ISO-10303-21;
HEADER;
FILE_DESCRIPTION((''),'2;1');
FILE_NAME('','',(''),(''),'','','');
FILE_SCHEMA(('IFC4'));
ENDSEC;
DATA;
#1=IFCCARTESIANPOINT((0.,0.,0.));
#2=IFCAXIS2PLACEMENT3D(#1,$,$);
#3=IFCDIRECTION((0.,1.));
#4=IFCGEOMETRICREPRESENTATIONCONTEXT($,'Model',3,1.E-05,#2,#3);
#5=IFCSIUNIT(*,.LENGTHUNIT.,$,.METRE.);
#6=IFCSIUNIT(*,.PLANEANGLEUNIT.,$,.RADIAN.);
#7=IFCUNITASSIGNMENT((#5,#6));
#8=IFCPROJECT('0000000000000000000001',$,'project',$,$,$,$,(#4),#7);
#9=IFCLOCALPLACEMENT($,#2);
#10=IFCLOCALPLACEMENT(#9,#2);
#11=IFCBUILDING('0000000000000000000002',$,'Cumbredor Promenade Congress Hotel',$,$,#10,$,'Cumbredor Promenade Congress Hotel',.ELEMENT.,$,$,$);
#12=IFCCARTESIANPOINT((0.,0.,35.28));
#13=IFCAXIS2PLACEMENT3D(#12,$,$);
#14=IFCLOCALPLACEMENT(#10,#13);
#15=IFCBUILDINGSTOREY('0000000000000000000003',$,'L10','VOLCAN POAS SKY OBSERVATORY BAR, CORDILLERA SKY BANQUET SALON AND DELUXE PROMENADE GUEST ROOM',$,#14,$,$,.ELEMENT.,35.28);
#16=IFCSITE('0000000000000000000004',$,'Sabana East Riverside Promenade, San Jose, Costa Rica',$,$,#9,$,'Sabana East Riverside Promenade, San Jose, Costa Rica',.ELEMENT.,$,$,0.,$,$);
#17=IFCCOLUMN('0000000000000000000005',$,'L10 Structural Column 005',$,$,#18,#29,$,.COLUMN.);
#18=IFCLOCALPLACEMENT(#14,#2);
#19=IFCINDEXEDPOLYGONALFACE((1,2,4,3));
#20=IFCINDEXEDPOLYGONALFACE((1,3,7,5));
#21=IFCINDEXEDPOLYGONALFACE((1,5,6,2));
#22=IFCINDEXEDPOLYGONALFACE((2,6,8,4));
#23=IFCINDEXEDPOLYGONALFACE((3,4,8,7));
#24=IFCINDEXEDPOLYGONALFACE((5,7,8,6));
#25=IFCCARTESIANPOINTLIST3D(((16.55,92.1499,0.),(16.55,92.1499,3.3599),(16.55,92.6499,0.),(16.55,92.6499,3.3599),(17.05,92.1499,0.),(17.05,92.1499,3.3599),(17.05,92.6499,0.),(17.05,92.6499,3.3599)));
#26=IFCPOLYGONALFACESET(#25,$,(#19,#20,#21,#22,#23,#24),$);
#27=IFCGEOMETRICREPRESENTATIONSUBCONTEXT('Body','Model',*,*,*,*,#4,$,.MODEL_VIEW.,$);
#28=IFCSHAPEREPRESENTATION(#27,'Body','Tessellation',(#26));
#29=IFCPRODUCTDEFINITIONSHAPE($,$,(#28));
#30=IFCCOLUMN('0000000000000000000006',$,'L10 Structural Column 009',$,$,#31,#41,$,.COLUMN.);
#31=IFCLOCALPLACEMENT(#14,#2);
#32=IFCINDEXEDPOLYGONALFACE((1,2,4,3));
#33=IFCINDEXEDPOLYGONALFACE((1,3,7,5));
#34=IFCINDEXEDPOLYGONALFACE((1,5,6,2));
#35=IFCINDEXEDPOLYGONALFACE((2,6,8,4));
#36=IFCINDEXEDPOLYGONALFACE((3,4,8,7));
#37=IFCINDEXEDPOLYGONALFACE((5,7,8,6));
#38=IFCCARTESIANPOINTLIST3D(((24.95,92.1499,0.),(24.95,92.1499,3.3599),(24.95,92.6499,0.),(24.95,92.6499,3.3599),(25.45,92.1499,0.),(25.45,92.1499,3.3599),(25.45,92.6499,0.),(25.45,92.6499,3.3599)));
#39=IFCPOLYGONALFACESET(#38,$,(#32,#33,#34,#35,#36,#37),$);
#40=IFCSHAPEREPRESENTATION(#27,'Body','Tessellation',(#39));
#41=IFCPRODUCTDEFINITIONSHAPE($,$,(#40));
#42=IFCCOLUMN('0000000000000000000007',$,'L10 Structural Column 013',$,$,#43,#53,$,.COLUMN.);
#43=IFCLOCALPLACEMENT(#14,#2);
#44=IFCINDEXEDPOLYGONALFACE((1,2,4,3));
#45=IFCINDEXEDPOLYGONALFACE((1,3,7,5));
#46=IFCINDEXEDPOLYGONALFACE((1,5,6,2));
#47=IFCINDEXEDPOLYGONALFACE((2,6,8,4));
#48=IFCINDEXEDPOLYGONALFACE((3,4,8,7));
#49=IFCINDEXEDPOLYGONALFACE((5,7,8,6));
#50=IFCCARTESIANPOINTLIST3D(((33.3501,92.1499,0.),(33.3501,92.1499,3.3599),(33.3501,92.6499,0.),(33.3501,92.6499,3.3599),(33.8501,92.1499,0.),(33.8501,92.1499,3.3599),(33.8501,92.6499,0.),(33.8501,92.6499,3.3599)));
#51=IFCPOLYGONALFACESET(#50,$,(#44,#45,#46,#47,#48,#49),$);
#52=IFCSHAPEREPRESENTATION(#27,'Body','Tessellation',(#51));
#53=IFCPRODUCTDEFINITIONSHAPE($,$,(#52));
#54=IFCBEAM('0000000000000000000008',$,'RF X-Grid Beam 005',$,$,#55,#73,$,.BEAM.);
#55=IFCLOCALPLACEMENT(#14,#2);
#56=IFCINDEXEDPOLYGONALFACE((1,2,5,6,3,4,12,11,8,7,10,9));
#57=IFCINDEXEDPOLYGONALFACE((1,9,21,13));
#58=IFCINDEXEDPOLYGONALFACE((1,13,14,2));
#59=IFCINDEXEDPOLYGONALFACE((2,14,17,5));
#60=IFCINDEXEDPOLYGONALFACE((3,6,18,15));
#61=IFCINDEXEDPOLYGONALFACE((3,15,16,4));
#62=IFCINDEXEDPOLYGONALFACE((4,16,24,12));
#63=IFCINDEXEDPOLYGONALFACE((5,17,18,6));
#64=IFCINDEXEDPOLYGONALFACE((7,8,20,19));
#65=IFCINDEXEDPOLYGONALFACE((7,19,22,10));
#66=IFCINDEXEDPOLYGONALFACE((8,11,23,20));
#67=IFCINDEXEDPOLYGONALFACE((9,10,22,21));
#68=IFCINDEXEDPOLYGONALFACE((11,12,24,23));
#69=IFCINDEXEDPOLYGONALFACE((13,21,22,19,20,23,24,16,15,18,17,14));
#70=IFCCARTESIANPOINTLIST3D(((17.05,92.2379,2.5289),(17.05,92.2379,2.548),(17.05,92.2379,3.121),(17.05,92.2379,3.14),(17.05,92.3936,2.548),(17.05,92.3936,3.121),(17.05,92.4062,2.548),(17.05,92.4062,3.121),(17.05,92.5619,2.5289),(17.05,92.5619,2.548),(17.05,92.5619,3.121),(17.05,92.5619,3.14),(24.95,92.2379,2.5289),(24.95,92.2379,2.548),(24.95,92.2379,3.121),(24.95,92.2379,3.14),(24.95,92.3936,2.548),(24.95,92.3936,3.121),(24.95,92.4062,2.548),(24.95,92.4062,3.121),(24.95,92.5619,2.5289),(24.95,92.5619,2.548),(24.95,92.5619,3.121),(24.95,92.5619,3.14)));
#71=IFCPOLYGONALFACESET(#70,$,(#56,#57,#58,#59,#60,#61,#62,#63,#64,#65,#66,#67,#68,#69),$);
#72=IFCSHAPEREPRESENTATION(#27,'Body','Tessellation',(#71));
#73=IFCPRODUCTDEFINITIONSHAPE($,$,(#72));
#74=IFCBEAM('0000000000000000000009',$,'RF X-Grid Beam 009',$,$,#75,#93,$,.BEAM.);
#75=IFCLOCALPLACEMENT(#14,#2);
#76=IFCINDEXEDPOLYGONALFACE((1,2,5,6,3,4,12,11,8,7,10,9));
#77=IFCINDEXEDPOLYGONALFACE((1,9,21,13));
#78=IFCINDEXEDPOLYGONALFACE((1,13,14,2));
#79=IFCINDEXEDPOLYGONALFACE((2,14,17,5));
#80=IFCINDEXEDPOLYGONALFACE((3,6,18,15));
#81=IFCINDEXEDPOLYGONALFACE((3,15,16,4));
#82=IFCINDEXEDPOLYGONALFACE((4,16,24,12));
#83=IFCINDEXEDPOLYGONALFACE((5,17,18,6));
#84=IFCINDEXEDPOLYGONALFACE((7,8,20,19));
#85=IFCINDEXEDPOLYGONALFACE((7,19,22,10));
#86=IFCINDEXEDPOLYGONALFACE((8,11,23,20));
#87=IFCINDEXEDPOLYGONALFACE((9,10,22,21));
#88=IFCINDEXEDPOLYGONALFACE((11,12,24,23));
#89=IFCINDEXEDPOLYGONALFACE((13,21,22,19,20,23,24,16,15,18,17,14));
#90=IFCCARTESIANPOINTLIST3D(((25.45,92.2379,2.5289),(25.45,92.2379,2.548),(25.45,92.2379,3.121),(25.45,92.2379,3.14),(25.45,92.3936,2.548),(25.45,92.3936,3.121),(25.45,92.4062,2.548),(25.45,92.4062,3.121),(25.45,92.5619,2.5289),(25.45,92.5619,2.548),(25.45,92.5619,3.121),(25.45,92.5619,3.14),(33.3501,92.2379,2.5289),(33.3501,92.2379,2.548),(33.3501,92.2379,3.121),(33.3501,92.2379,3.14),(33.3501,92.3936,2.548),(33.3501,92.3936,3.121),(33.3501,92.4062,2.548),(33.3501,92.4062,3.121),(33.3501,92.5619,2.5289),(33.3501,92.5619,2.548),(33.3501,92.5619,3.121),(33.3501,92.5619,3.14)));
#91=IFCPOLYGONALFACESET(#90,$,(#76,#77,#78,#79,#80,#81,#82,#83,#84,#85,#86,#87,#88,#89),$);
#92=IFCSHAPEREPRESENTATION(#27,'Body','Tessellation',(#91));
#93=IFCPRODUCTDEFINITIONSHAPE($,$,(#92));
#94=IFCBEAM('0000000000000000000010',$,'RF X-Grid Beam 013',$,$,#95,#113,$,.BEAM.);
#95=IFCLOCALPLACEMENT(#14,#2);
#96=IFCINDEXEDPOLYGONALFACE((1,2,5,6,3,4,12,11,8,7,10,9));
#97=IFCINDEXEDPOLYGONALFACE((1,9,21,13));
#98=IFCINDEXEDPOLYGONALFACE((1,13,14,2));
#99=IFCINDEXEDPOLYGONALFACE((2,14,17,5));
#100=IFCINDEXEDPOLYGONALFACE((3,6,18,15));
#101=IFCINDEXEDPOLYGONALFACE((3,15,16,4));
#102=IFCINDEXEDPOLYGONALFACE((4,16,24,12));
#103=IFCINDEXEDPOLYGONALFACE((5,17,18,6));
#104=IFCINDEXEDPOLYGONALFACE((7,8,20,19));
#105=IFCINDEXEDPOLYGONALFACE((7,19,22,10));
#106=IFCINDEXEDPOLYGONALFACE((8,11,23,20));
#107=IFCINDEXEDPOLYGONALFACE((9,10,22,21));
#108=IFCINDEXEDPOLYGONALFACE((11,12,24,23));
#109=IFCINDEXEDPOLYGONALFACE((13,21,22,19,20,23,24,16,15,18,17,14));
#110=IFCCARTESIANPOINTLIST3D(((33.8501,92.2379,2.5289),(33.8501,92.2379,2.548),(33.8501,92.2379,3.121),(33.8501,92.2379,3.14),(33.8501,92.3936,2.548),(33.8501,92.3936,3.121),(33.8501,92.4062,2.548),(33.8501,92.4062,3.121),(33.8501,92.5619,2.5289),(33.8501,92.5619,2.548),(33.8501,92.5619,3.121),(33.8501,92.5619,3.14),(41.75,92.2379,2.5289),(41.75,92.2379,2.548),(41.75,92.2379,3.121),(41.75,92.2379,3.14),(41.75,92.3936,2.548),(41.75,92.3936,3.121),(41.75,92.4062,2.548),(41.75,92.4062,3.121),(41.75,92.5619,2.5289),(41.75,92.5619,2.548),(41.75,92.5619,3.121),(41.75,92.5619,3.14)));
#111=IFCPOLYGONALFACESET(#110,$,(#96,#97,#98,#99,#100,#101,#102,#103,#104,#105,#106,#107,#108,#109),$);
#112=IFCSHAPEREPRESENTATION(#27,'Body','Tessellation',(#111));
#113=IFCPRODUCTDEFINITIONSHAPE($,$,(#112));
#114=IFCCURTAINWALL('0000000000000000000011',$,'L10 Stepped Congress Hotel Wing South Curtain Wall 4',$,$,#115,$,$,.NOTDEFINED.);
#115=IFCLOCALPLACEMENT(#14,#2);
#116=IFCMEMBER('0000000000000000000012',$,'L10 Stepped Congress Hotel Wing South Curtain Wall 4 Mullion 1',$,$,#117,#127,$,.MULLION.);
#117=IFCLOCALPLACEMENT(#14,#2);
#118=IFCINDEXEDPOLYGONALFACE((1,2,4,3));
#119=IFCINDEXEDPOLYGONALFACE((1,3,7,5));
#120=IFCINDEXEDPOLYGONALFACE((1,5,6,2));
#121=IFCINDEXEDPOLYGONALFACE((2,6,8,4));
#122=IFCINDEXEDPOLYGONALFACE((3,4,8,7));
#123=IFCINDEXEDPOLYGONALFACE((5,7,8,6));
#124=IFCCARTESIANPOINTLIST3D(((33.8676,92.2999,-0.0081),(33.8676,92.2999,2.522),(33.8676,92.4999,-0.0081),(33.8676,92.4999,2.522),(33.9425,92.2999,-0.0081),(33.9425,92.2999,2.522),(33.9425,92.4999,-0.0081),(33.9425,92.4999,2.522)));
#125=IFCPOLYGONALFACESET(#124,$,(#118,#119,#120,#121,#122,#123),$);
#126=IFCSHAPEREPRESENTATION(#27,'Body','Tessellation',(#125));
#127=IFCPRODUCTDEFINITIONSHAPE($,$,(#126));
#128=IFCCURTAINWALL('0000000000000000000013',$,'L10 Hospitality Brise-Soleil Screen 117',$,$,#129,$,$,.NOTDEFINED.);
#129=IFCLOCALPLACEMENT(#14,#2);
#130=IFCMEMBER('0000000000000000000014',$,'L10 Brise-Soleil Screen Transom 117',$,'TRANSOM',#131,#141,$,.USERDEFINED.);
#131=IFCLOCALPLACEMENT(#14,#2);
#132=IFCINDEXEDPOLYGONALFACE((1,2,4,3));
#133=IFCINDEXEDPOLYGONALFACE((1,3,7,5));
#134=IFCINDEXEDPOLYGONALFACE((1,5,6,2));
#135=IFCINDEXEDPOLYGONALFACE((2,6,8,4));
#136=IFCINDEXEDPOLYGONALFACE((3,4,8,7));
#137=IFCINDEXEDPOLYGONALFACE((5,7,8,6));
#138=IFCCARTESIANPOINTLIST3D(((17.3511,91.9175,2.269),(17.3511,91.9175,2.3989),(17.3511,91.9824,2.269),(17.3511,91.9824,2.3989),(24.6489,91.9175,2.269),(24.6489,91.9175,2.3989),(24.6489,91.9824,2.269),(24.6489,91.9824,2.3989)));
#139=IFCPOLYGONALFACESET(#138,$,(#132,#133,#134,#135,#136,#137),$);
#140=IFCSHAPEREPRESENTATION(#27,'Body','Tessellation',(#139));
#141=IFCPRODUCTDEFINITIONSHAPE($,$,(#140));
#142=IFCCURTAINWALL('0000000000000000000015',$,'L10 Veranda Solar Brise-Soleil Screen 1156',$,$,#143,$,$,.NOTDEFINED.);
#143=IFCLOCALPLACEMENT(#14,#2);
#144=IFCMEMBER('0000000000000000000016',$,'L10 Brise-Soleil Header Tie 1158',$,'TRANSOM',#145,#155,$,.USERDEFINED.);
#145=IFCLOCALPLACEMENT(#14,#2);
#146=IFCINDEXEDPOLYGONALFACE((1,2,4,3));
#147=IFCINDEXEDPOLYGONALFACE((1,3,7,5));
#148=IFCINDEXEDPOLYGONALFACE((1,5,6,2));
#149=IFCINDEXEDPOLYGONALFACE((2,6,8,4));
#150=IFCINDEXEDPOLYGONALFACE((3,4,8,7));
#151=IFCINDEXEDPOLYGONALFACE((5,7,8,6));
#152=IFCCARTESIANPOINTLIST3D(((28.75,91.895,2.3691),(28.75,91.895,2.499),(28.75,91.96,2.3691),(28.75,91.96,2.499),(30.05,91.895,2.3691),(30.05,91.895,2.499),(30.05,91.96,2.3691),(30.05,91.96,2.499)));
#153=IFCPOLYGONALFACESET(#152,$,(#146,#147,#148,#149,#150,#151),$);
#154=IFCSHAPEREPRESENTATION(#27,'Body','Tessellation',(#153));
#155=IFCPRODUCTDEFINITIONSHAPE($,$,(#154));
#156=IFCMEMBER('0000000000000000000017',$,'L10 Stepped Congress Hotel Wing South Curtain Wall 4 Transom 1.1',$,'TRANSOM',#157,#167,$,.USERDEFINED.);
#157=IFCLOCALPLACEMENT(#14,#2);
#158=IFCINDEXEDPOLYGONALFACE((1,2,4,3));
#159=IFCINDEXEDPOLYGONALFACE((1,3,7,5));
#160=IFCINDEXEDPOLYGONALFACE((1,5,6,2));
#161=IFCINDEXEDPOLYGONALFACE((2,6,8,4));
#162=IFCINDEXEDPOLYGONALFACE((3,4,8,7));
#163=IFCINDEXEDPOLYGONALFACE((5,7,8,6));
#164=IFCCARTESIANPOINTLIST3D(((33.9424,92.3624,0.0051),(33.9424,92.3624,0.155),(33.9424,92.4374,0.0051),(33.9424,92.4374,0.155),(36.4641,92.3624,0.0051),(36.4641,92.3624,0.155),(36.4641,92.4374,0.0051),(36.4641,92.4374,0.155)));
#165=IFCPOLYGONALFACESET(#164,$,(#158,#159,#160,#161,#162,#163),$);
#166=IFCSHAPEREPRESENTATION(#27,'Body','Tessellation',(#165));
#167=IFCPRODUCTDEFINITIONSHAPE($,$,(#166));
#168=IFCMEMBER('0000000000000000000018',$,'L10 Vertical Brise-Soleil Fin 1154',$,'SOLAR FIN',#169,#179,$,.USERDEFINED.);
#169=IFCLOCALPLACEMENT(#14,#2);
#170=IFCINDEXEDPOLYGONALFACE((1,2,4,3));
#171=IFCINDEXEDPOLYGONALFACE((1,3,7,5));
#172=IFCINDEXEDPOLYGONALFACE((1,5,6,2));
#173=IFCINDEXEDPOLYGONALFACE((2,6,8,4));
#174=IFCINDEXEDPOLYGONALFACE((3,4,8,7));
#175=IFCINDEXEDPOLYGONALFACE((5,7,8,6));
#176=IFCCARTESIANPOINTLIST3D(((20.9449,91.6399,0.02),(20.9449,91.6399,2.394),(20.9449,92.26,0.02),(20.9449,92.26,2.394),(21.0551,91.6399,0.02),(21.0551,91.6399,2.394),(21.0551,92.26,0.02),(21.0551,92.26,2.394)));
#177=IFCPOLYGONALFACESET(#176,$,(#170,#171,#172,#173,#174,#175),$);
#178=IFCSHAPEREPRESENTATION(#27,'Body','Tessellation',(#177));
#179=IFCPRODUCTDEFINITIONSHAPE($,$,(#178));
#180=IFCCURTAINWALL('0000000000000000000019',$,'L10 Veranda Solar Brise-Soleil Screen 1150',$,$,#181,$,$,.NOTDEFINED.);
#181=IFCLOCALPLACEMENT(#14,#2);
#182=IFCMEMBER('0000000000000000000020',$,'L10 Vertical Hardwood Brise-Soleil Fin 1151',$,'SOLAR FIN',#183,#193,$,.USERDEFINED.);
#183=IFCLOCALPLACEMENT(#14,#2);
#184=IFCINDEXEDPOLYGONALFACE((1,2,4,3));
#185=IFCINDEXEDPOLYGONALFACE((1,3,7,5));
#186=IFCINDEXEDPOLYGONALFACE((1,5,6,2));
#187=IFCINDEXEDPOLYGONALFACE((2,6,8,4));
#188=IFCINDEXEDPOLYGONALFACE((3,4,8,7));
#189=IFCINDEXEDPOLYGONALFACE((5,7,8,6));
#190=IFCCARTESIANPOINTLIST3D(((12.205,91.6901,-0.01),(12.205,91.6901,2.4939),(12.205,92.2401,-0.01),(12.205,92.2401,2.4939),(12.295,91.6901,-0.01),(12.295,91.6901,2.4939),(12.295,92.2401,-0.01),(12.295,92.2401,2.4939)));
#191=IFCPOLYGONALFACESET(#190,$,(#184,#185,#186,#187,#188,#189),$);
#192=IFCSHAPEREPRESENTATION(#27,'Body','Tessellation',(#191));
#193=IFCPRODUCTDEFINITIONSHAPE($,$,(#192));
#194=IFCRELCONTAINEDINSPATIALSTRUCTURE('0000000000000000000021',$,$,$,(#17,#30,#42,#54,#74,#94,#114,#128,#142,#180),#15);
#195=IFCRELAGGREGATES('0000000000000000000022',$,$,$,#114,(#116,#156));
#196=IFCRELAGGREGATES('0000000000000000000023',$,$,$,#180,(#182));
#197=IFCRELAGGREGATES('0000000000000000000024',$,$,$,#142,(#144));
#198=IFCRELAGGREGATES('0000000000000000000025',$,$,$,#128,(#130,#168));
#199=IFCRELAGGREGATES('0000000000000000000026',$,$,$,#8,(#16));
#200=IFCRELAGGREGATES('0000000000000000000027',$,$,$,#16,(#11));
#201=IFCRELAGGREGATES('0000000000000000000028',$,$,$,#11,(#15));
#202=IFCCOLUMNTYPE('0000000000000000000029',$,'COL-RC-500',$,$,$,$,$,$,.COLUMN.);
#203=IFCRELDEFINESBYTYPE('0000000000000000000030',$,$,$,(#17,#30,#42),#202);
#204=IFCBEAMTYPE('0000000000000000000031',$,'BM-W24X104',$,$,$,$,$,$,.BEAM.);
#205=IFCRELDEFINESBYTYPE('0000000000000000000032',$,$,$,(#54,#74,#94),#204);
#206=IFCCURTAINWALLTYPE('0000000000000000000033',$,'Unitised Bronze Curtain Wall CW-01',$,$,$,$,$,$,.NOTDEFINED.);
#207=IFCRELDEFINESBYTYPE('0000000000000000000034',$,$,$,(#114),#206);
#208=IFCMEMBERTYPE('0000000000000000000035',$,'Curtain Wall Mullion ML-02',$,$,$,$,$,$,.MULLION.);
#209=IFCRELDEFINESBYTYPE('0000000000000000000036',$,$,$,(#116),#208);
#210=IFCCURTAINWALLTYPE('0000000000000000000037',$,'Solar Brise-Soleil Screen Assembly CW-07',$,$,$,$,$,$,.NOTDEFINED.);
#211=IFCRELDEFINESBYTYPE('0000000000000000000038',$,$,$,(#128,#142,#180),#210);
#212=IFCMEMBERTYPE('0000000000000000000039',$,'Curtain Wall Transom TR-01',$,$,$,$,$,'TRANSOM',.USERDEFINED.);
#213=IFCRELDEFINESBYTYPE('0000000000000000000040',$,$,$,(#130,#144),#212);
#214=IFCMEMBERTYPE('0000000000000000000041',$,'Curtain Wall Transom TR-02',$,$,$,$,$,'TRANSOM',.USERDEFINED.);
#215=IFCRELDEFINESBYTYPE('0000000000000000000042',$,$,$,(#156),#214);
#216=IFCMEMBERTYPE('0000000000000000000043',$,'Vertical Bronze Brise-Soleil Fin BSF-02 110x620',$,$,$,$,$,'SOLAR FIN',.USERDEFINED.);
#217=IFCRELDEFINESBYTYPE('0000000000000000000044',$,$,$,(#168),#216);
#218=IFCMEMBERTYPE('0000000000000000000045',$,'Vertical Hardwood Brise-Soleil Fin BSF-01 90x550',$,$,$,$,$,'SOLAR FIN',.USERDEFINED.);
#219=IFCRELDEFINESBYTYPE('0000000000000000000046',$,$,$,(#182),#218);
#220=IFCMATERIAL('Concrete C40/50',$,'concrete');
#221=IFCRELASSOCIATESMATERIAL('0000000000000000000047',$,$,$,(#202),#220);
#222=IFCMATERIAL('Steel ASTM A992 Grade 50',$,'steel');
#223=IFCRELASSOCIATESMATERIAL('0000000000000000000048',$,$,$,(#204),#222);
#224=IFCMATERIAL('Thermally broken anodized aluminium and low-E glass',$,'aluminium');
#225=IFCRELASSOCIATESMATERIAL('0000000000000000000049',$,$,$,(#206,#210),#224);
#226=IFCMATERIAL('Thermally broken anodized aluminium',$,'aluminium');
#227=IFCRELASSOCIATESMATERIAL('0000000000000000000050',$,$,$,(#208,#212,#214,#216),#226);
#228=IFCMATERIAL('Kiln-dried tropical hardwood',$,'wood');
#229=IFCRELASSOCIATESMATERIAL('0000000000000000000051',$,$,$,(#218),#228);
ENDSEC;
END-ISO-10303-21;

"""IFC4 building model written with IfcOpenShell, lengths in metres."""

from ifc_helpers import new_model, si_unit, direction, frame, origin, origin_2d, place, context, subcontext, project, spatial, rectangle, i_section, extrude, material, material_profile, profile_set, type_object, element, aggregate, save


model = new_model("IFC4")

# Units and contexts
model_context = context("Model", 3, precision=1e-05, world=origin(), true_north=direction((0.0, 1.0)))
body_context = subcontext(model_context, "Body", "Model", "MODEL_VIEW")
ifc_project = project(units=[si_unit("LENGTHUNIT", "METRE"), si_unit("PLANEANGLEUNIT", "RADIAN")], contexts=[model_context])

# Site, building, storey
site_placement = place(None, origin())
site = spatial("IfcSite", under=ifc_project, at=site_placement, Name="Sabana East Riverside Promenade, San Jose, Costa Rica", LongName="Sabana East Riverside Promenade, San Jose, Costa Rica", CompositionType="ELEMENT", RefElevation=0.0)
building_placement = place(site_placement, origin())
building = spatial("IfcBuilding", under=site, at=building_placement, Name="Cumbredor Promenade Congress Hotel", LongName="Cumbredor Promenade Congress Hotel", CompositionType="ELEMENT")
storey_placement = place(building_placement, frame((0.0, 0.0, 35.28)))
storey = spatial("IfcBuildingStorey", under=building, at=storey_placement, Name="L10", Description="VOLCAN POAS SKY OBSERVATORY BAR, CORDILLERA SKY BANQUET SALON AND DELUXE PROMENADE GUEST ROOM", CompositionType="ELEMENT", Elevation=35.28)

# Columns
ifc_material_1 = material(Name="Concrete C40/50", Category="concrete")
ifc_material_profile_1 = material_profile(ifc_material_1, rectangle(XDim=0.5, YDim=0.5, at=origin_2d()), Name="RC 500x500")
ifc_profile_set_1 = profile_set([ifc_material_profile_1], Name="Concrete C40/50")
column_type = type_object("IfcColumnType", Name="COL-RC-500", PredefinedType="COLUMN", material=ifc_profile_set_1)
for number, where, z_axis, x_axis, name in (
    (1, (16.8, 92.3999, 0.0), (0.0, 0.0, 1.0), (1.0, 0.0, 0.0), "L10 Structural Column 005"),
    (2, (25.2, 92.3999, 0.0), (0.0, 0.0, 1.0), (1.0, 0.0, 0.0), "L10 Structural Column 009"),
    (3, (33.6001, 92.3999, 0.0), (0.0, 0.0, 1.0), (1.0, 0.0, 0.0), "L10 Structural Column 013"),
):
    element("IfcColumn", number, at=place(storey_placement, frame(where, z_axis=z_axis, x_axis=x_axis)), inside=storey, type_object=column_type, Name=name, PredefinedType="COLUMN", context=body_context, shape_type="SweptSolid", body=[
        extrude(rectangle(XDim=0.5, YDim=0.5, at=origin_2d()), origin(), (0.0, 0.0, 1.0), 3.3599),
    ])

# Beams
ifc_material_2 = material(Name="Steel ASTM A992 Grade 50", Category="steel")
ifc_material_profile_2 = material_profile(ifc_material_2, i_section(OverallWidth=0.324, OverallDepth=0.6111, WebThickness=0.0127, FlangeThickness=0.019, at=origin_2d()), Name="W24X104")
ifc_profile_set_2 = profile_set([ifc_material_profile_2], Name="Steel ASTM A992 Grade 50")
beam_type = type_object("IfcBeamType", Name="BM-W24X104", PredefinedType="BEAM", material=ifc_profile_set_2)
beam_1_placement = place(storey_placement, frame((17.05, 92.3999, 2.8345), z_axis=(1.0, 0.0, 0.0), x_axis=(0.0, 1.0, 0.0)))
element("IfcBeam", 4, at=beam_1_placement, inside=storey, type_object=beam_type, Name="RF X-Grid Beam 005", PredefinedType="BEAM", context=body_context, shape_type="SweptSolid", body=[
    extrude(i_section(OverallWidth=0.324, OverallDepth=0.6111, WebThickness=0.0127, FlangeThickness=0.019, at=origin_2d()), origin(), (0.0, 0.0, 1.0), 7.8999),
])
beam_2_placement = place(storey_placement, frame((25.45, 92.3999, 2.8345), z_axis=(1.0, 0.0, 0.0), x_axis=(0.0, 1.0, 0.0)))
element("IfcBeam", 5, at=beam_2_placement, inside=storey, type_object=beam_type, Name="RF X-Grid Beam 009", PredefinedType="BEAM", context=body_context, shape_type="SweptSolid", body=[
    extrude(i_section(OverallWidth=0.324, OverallDepth=0.6111, WebThickness=0.0127, FlangeThickness=0.019, at=origin_2d()), origin(), (0.0, 0.0, 1.0), 7.9001),
])
beam_3_placement = place(storey_placement, frame((33.8501, 92.3999, 2.8345), z_axis=(1.0, 0.0, 0.0), x_axis=(0.0, 1.0, 0.0)))
element("IfcBeam", 6, at=beam_3_placement, inside=storey, type_object=beam_type, Name="RF X-Grid Beam 013", PredefinedType="BEAM", context=body_context, shape_type="SweptSolid", body=[
    extrude(i_section(OverallWidth=0.324, OverallDepth=0.6111, WebThickness=0.0127, FlangeThickness=0.019, at=origin_2d()), origin(), (0.0, 0.0, 1.0), 7.8999),
])

# Curtain walls, members
ifc_material_3 = material(Name="Thermally broken anodized aluminium and low-E glass", Category="aluminium")
curtain_wall_type_1 = type_object("IfcCurtainWallType", Name="Unitised Bronze Curtain Wall CW-01", PredefinedType="NOTDEFINED", material=ifc_material_3)
curtain_wall_1_placement = place(storey_placement, origin())
curtain_wall_1 = element("IfcCurtainWall", 7, at=curtain_wall_1_placement, inside=storey, type_object=curtain_wall_type_1, Name="L10 Stepped Congress Hotel Wing South Curtain Wall 4", PredefinedType="NOTDEFINED")
ifc_material_4 = material(Name="Thermally broken anodized aluminium", Category="aluminium")
ifc_material_profile_3 = material_profile(ifc_material_4, rectangle(XDim=0.075, YDim=0.2, at=origin_2d()), Name="ALU MULLION 75x200")
ifc_profile_set_3 = profile_set([ifc_material_profile_3], Name="Thermally broken anodized aluminium")
member_type_1 = type_object("IfcMemberType", Name="Curtain Wall Mullion ML-02", PredefinedType="MULLION", material=ifc_profile_set_3)
member_1_placement = place(storey_placement, frame((33.905, 92.3999, -0.0081), z_axis=(0.0, 0.0, 1.0), x_axis=(1.0, 0.0, 0.0)))
member_1 = element("IfcMember", 8, at=member_1_placement, type_object=member_type_1, Name="L10 Stepped Congress Hotel Wing South Curtain Wall 4 Mullion 1", PredefinedType="MULLION", context=body_context, shape_type="SweptSolid", body=[
    extrude(rectangle(XDim=0.075, YDim=0.2, at=origin_2d()), origin(), (0.0, 0.0, 1.0), 2.53),
])
curtain_wall_type_2 = type_object("IfcCurtainWallType", Name="Solar Brise-Soleil Screen Assembly CW-07", PredefinedType="NOTDEFINED", material=ifc_material_3)
curtain_wall_2_placement = place(storey_placement, origin())
curtain_wall_2 = element("IfcCurtainWall", 9, at=curtain_wall_2_placement, inside=storey, type_object=curtain_wall_type_2, Name="L10 Hospitality Brise-Soleil Screen 117", PredefinedType="NOTDEFINED")
ifc_material_profile_4 = material_profile(ifc_material_4, rectangle(XDim=0.0649, YDim=0.1299, at=origin_2d()), Name="ALU TRANSOM 65x130")
ifc_profile_set_4 = profile_set([ifc_material_profile_4], Name="Thermally broken anodized aluminium")
member_type_2 = type_object("IfcMemberType", Name="Curtain Wall Transom TR-01", ElementType="TRANSOM", PredefinedType="USERDEFINED", material=ifc_profile_set_4)
member_2_placement = place(storey_placement, frame((17.3511, 91.95, 2.334), z_axis=(1.0, 0.0, 0.0), x_axis=(0.0, 1.0, 0.0)))
member_2 = element("IfcMember", 10, at=member_2_placement, type_object=member_type_2, Name="L10 Brise-Soleil Screen Transom 117", ObjectType="TRANSOM", PredefinedType="USERDEFINED", context=body_context, shape_type="SweptSolid", body=[
    extrude(rectangle(XDim=0.0649, YDim=0.1299, at=origin_2d()), origin(), (0.0, 0.0, 1.0), 7.2979),
])
curtain_wall_3_placement = place(storey_placement, origin())
curtain_wall_3 = element("IfcCurtainWall", 11, at=curtain_wall_3_placement, inside=storey, type_object=curtain_wall_type_2, Name="L10 Veranda Solar Brise-Soleil Screen 1156", PredefinedType="NOTDEFINED")
member_3_placement = place(storey_placement, frame((28.75, 91.9275, 2.4341), z_axis=(1.0, 0.0, 0.0), x_axis=(0.0, 1.0, 0.0)))
member_3 = element("IfcMember", 12, at=member_3_placement, type_object=member_type_2, Name="L10 Brise-Soleil Header Tie 1158", ObjectType="TRANSOM", PredefinedType="USERDEFINED", context=body_context, shape_type="SweptSolid", body=[
    extrude(rectangle(XDim=0.0649, YDim=0.1299, at=origin_2d()), origin(), (0.0, 0.0, 1.0), 1.3),
])

# Members
ifc_material_profile_5 = material_profile(ifc_material_4, rectangle(XDim=0.075, YDim=0.1499, at=origin_2d()), Name="ALU TRANSOM 75x150")
ifc_profile_set_5 = profile_set([ifc_material_profile_5], Name="Thermally broken anodized aluminium")
member_type_3 = type_object("IfcMemberType", Name="Curtain Wall Transom TR-02", ElementType="TRANSOM", PredefinedType="USERDEFINED", material=ifc_profile_set_5)
member_4_placement = place(storey_placement, frame((33.9424, 92.3999, 0.0801), z_axis=(1.0, 0.0, 0.0), x_axis=(0.0, 1.0, 0.0)))
member_4 = element("IfcMember", 13, at=member_4_placement, type_object=member_type_3, Name="L10 Stepped Congress Hotel Wing South Curtain Wall 4 Transom 1.1", ObjectType="TRANSOM", PredefinedType="USERDEFINED", context=body_context, shape_type="SweptSolid", body=[
    extrude(rectangle(XDim=0.075, YDim=0.1499, at=origin_2d()), origin(), (0.0, 0.0, 1.0), 2.5217),
])
aggregate(curtain_wall_1, [member_1, member_4])
ifc_material_profile_6 = material_profile(ifc_material_4, rectangle(XDim=0.1101, YDim=0.6201, at=origin_2d()), Name="ARCH FIN 110x620")
ifc_profile_set_6 = profile_set([ifc_material_profile_6], Name="Thermally broken anodized aluminium")
member_type_4 = type_object("IfcMemberType", Name="Vertical Bronze Brise-Soleil Fin BSF-02 110x620", ElementType="SOLAR FIN", PredefinedType="USERDEFINED", material=ifc_profile_set_6)
member_5_placement = place(storey_placement, frame((21.0, 91.95, 0.02), z_axis=(0.0, 0.0, 1.0), x_axis=(1.0, 0.0, 0.0)))
member_5 = element("IfcMember", 14, at=member_5_placement, type_object=member_type_4, Name="L10 Vertical Brise-Soleil Fin 1154", ObjectType="SOLAR FIN", PredefinedType="USERDEFINED", context=body_context, shape_type="SweptSolid", body=[
    extrude(rectangle(XDim=0.1101, YDim=0.6201, at=origin_2d()), origin(), (0.0, 0.0, 1.0), 2.374),
])

# Curtain wall, member
curtain_wall_4_placement = place(storey_placement, origin())
curtain_wall_4 = element("IfcCurtainWall", 15, at=curtain_wall_4_placement, inside=storey, type_object=curtain_wall_type_2, Name="L10 Veranda Solar Brise-Soleil Screen 1150", PredefinedType="NOTDEFINED")
ifc_material_5 = material(Name="Kiln-dried tropical hardwood", Category="wood")
ifc_material_profile_7 = material_profile(ifc_material_5, rectangle(XDim=0.0901, YDim=0.55, at=origin_2d()), Name="ARCH FIN 90x550")
ifc_profile_set_7 = profile_set([ifc_material_profile_7], Name="Kiln-dried tropical hardwood")
member_type_5 = type_object("IfcMemberType", Name="Vertical Hardwood Brise-Soleil Fin BSF-01 90x550", ElementType="SOLAR FIN", PredefinedType="USERDEFINED", material=ifc_profile_set_7)
member_6_placement = place(storey_placement, frame((12.25, 91.9651, -0.01), z_axis=(0.0, 0.0, 1.0), x_axis=(1.0, 0.0, 0.0)))
member_6 = element("IfcMember", 16, at=member_6_placement, type_object=member_type_5, Name="L10 Vertical Hardwood Brise-Soleil Fin 1151", ObjectType="SOLAR FIN", PredefinedType="USERDEFINED", context=body_context, shape_type="SweptSolid", body=[
    extrude(rectangle(XDim=0.0901, YDim=0.55, at=origin_2d()), origin(), (0.0, 0.0, 1.0), 2.5039),
])
aggregate(curtain_wall_4, [member_6])

aggregate(curtain_wall_3, [member_3])

aggregate(curtain_wall_2, [member_2, member_5])

save(model, "model.ifc")
